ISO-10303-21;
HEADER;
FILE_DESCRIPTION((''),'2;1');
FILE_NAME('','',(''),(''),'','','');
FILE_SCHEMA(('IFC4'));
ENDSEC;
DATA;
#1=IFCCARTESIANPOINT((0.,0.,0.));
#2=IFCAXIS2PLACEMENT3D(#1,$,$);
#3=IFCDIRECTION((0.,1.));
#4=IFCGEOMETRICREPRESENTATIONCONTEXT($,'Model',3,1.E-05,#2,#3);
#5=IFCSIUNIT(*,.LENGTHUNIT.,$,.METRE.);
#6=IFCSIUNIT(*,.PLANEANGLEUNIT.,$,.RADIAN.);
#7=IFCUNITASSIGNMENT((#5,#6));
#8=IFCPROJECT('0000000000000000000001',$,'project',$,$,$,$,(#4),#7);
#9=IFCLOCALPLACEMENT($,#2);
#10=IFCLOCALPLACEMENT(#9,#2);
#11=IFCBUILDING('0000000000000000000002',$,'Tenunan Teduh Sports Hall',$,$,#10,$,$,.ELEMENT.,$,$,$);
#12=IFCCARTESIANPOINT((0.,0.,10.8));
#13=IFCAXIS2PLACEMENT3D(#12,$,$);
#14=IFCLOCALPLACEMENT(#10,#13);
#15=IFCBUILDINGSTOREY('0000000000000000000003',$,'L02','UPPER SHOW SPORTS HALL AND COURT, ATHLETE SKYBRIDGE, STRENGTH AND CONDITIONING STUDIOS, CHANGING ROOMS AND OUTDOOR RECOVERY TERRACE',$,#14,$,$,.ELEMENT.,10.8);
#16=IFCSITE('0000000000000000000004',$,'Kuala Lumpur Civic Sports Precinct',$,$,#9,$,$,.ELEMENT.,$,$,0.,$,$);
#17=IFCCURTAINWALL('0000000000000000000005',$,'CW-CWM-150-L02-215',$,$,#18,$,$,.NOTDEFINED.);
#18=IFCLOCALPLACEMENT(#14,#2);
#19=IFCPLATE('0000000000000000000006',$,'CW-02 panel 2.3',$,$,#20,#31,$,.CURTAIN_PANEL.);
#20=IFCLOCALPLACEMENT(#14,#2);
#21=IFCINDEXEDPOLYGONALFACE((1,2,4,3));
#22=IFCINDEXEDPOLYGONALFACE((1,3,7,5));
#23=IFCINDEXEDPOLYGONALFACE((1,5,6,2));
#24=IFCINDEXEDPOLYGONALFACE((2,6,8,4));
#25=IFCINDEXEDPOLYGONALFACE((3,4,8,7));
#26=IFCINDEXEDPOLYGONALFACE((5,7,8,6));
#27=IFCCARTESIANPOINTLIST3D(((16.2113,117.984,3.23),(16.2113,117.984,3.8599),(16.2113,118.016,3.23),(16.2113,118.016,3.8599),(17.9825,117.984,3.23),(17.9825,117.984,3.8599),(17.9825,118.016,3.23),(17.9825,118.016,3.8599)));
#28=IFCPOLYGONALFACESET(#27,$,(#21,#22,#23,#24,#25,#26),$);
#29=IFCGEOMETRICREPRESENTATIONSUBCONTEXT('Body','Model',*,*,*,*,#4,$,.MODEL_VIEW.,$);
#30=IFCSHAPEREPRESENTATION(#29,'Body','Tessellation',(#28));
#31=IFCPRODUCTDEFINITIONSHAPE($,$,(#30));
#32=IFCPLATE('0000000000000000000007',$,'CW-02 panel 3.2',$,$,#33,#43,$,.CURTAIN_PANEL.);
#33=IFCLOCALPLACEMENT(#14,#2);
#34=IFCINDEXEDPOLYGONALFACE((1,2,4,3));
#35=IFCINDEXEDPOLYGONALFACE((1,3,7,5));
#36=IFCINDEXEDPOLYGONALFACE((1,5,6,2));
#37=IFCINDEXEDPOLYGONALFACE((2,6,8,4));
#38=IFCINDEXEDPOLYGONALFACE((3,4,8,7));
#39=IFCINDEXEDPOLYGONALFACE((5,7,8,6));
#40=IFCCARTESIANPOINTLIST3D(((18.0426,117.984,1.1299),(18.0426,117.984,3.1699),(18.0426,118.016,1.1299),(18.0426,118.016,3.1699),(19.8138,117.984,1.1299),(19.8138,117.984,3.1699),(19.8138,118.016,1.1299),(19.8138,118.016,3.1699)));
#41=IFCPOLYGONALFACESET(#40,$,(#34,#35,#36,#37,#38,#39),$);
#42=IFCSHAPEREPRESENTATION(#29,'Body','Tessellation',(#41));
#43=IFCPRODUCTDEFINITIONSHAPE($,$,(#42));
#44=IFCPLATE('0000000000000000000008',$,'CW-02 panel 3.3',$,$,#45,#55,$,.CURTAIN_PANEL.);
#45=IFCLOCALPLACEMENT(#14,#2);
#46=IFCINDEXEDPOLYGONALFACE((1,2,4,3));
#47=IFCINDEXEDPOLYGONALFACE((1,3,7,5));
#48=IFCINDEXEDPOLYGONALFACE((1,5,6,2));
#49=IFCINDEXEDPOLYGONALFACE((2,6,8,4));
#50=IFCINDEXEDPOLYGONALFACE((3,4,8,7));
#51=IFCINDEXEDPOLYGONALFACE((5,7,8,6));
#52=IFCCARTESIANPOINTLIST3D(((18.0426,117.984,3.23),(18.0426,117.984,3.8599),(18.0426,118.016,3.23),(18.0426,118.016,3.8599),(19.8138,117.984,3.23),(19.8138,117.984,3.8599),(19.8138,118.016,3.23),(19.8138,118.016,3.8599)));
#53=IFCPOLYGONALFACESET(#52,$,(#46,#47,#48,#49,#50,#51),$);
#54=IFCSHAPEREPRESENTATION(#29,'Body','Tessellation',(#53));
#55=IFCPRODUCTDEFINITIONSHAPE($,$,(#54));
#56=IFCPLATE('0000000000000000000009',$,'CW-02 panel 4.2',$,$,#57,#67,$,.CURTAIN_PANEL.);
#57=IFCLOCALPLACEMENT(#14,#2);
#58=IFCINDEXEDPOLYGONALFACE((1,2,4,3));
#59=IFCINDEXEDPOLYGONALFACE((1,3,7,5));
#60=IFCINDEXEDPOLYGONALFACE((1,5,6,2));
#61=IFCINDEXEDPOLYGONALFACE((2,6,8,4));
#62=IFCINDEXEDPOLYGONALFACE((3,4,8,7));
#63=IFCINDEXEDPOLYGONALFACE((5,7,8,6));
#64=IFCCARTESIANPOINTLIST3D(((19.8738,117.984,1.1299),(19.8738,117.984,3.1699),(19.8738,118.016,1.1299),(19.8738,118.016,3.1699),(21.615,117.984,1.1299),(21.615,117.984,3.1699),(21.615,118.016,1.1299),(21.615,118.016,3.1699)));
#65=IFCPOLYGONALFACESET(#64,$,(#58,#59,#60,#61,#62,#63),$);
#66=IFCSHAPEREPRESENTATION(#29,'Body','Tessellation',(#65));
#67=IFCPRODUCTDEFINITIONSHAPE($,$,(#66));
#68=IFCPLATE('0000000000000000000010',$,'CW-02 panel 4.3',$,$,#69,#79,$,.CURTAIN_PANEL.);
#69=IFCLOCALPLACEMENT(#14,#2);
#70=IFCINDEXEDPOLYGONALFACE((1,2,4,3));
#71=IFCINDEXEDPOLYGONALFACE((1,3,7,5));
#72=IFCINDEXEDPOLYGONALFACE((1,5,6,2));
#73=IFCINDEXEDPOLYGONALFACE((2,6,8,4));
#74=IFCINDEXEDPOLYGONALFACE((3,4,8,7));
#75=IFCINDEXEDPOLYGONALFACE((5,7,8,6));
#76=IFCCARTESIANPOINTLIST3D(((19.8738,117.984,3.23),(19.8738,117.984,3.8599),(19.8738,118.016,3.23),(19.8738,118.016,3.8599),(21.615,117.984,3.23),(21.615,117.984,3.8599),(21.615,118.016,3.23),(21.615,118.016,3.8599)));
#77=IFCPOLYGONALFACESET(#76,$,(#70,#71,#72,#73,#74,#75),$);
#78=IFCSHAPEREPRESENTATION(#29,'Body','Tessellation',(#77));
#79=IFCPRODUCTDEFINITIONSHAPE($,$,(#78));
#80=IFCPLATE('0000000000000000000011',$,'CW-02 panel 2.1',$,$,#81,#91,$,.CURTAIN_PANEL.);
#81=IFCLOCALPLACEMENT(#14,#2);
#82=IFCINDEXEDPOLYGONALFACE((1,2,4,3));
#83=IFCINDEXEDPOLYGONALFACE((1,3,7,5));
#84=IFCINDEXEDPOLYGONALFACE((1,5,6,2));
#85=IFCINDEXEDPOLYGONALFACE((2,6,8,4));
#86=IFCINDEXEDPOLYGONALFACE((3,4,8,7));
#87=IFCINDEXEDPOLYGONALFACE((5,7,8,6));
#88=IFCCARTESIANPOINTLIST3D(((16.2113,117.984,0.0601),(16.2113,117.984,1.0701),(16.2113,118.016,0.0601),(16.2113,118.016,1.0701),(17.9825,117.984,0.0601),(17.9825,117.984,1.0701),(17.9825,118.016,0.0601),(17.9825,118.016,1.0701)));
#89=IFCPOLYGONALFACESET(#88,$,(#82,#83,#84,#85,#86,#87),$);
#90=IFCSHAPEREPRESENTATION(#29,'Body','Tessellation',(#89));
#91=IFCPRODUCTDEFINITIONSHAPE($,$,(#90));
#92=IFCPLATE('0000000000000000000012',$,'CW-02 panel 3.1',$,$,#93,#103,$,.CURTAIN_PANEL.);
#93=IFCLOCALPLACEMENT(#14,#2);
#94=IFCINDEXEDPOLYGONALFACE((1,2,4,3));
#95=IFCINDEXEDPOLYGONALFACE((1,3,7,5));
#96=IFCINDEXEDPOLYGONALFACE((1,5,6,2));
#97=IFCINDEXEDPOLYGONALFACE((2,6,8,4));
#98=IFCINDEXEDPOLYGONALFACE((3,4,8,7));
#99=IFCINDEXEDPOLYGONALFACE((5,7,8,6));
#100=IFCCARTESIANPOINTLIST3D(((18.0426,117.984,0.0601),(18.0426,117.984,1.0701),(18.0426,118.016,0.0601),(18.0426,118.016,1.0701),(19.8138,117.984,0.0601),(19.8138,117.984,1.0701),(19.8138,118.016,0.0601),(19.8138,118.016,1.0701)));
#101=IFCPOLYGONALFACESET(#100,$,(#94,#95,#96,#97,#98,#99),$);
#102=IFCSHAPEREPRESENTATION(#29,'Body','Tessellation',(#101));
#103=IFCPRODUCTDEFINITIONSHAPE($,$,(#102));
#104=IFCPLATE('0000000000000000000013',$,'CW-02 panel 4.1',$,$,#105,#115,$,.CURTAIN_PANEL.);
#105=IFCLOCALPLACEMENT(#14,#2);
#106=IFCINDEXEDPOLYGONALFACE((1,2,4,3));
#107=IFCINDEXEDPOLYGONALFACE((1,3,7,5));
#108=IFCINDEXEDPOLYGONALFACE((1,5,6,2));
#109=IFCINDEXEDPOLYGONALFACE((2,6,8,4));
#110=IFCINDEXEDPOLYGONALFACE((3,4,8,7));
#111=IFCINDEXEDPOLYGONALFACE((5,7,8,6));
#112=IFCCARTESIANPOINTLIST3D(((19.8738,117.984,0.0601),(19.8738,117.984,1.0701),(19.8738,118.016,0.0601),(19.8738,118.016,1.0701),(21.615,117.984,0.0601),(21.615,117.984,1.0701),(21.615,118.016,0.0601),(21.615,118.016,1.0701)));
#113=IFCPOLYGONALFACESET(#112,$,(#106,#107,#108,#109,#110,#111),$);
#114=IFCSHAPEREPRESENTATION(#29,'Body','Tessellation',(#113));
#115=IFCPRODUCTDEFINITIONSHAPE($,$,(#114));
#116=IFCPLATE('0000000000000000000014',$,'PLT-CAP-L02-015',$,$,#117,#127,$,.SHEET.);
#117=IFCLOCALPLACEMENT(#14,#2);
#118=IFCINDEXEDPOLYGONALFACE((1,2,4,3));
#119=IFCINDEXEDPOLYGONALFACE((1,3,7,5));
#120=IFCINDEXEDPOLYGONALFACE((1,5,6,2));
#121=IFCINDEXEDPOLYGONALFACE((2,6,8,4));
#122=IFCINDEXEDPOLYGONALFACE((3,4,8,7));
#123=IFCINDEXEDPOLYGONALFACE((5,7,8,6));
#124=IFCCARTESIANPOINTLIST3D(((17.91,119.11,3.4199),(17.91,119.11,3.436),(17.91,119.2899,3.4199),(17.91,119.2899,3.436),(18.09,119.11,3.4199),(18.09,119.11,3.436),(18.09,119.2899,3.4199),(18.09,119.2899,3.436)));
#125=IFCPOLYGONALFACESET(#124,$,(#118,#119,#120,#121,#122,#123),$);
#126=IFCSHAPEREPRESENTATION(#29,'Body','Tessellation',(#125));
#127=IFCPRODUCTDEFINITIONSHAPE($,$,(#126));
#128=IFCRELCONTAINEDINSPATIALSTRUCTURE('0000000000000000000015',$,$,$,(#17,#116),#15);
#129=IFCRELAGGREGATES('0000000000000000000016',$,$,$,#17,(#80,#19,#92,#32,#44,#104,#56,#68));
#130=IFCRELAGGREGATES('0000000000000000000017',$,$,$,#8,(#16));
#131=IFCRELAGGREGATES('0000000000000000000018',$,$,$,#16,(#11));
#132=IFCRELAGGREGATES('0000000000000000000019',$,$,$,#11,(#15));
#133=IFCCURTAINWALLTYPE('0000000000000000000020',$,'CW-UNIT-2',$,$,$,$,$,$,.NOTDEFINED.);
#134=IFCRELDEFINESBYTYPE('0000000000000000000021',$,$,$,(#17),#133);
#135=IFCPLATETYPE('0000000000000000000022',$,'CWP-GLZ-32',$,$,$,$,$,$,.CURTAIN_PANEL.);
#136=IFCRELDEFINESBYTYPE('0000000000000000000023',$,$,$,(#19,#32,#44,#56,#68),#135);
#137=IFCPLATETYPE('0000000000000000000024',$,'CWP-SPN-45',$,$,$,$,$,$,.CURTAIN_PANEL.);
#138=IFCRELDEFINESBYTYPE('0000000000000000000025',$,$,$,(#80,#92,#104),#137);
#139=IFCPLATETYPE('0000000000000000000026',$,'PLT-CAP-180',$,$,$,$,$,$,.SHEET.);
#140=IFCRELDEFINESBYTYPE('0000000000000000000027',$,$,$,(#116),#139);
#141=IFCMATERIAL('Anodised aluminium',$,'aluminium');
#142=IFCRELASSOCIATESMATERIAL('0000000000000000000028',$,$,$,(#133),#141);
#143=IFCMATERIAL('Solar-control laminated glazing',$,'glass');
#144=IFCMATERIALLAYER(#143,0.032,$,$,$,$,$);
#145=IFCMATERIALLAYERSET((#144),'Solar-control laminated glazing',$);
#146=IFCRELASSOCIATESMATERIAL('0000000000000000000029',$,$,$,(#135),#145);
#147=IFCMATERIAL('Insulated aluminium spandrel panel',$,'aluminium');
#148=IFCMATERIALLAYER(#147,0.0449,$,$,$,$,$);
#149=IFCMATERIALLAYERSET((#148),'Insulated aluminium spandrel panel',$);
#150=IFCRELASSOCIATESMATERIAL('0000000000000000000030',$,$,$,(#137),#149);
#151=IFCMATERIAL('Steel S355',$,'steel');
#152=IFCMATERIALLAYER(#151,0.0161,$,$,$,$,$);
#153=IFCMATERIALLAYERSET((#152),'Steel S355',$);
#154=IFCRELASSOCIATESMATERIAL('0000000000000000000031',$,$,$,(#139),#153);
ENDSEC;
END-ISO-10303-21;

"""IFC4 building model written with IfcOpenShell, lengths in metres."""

from ifc_helpers import new_model, si_unit, direction, frame, origin, origin_2d, place, context, subcontext, project, spatial, rectangle, extrude, material, layer, layer_set, type_object, element, aggregate, save


model = new_model("IFC4")

# Units and contexts
model_context = context("Model", 3, precision=1e-05, world=origin(), true_north=direction((0.0, 1.0)))
body_context = subcontext(model_context, "Body", "Model", "MODEL_VIEW")
ifc_project = project(units=[si_unit("LENGTHUNIT", "METRE"), si_unit("PLANEANGLEUNIT", "RADIAN")], contexts=[model_context])

# Site, building, storey
site_placement = place(None, origin())
site = spatial("IfcSite", under=ifc_project, at=site_placement, Name="Kuala Lumpur Civic Sports Precinct", CompositionType="ELEMENT", RefElevation=0.0)
building_placement = place(site_placement, origin())
building = spatial("IfcBuilding", under=site, at=building_placement, Name="Tenunan Teduh Sports Hall", CompositionType="ELEMENT")
storey_placement = place(building_placement, frame((0.0, 0.0, 10.8)))
storey = spatial("IfcBuildingStorey", under=building, at=storey_placement, Name="L02", Description="UPPER SHOW SPORTS HALL AND COURT, ATHLETE SKYBRIDGE, STRENGTH AND CONDITIONING STUDIOS, CHANGING ROOMS AND OUTDOOR RECOVERY TERRACE", CompositionType="ELEMENT", Elevation=10.8)

# Curtain wall, plates
ifc_material_1 = material(Name="Anodised aluminium", Category="aluminium")
curtain_wall_type = type_object("IfcCurtainWallType", Name="CW-UNIT-2", PredefinedType="NOTDEFINED", material=ifc_material_1)
curtain_wall_placement = place(storey_placement, origin())
curtain_wall = element("IfcCurtainWall", 1, at=curtain_wall_placement, inside=storey, type_object=curtain_wall_type, Name="CW-CWM-150-L02-215", PredefinedType="NOTDEFINED")
ifc_material_2 = material(Name="Solar-control laminated glazing", Category="glass")
ifc_layer_1 = layer(ifc_material_2, 0.032)
ifc_layer_set_1 = layer_set([ifc_layer_1], Name="Solar-control laminated glazing")
plate_type_1 = type_object("IfcPlateType", Name="CWP-GLZ-32", PredefinedType="CURTAIN_PANEL", material=ifc_layer_set_1)
plate_1_placement = place(storey_placement, frame((17.0969, 118.0, 3.23), z_axis=(0.0, 0.0, 1.0), x_axis=(1.0, 0.0, 0.0)))
plate_1 = element("IfcPlate", 2, at=plate_1_placement, type_object=plate_type_1, Name="CW-02 panel 2.3", PredefinedType="CURTAIN_PANEL", context=body_context, shape_type="SweptSolid", body=[
    extrude(rectangle(XDim=1.7712, YDim=0.032, at=origin_2d()), origin(), (0.0, 0.0, 1.0), 0.6299),
])
plate_2_placement = place(storey_placement, frame((18.9282, 118.0, 1.1299), z_axis=(0.0, 0.0, 1.0), x_axis=(1.0, 0.0, 0.0)))
plate_2 = element("IfcPlate", 3, at=plate_2_placement, type_object=plate_type_1, Name="CW-02 panel 3.2", PredefinedType="CURTAIN_PANEL", context=body_context, shape_type="SweptSolid", body=[
    extrude(rectangle(XDim=1.7712, YDim=0.032, at=origin_2d()), origin(), (0.0, 0.0, 1.0), 2.04),
])
plate_3_placement = place(storey_placement, frame((18.9282, 118.0, 3.23), z_axis=(0.0, 0.0, 1.0), x_axis=(1.0, 0.0, 0.0)))
plate_3 = element("IfcPlate", 4, at=plate_3_placement, type_object=plate_type_1, Name="CW-02 panel 3.3", PredefinedType="CURTAIN_PANEL", context=body_context, shape_type="SweptSolid", body=[
    extrude(rectangle(XDim=1.7712, YDim=0.032, at=origin_2d()), origin(), (0.0, 0.0, 1.0), 0.6299),
])
plate_4_placement = place(storey_placement, frame((20.7444, 118.0, 1.1299), z_axis=(0.0, 0.0, 1.0), x_axis=(1.0, 0.0, 0.0)))
plate_4 = element("IfcPlate", 5, at=plate_4_placement, type_object=plate_type_1, Name="CW-02 panel 4.2", PredefinedType="CURTAIN_PANEL", context=body_context, shape_type="SweptSolid", body=[
    extrude(rectangle(XDim=1.7412, YDim=0.032, at=origin_2d()), origin(), (0.0, 0.0, 1.0), 2.04),
])
plate_5_placement = place(storey_placement, frame((20.7444, 118.0, 3.23), z_axis=(0.0, 0.0, 1.0), x_axis=(1.0, 0.0, 0.0)))
plate_5 = element("IfcPlate", 6, at=plate_5_placement, type_object=plate_type_1, Name="CW-02 panel 4.3", PredefinedType="CURTAIN_PANEL", context=body_context, shape_type="SweptSolid", body=[
    extrude(rectangle(XDim=1.7412, YDim=0.032, at=origin_2d()), origin(), (0.0, 0.0, 1.0), 0.6299),
])
ifc_material_3 = material(Name="Insulated aluminium spandrel panel", Category="aluminium")
ifc_layer_2 = layer(ifc_material_3, 0.0449)
ifc_layer_set_2 = layer_set([ifc_layer_2], Name="Insulated aluminium spandrel panel")
plate_type_2 = type_object("IfcPlateType", Name="CWP-SPN-45", PredefinedType="CURTAIN_PANEL", material=ifc_layer_set_2)
plate_6_placement = place(storey_placement, frame((17.0969, 118.0, 0.0601), z_axis=(0.0, 0.0, 1.0), x_axis=(1.0, 0.0, 0.0)))
plate_6 = element("IfcPlate", 7, at=plate_6_placement, type_object=plate_type_2, Name="CW-02 panel 2.1", PredefinedType="CURTAIN_PANEL", context=body_context, shape_type="SweptSolid", body=[
    extrude(rectangle(XDim=1.7712, YDim=0.032, at=origin_2d()), origin(), (0.0, 0.0, 1.0), 1.01),
])
plate_7_placement = place(storey_placement, frame((18.9282, 118.0, 0.0601), z_axis=(0.0, 0.0, 1.0), x_axis=(1.0, 0.0, 0.0)))
plate_7 = element("IfcPlate", 8, at=plate_7_placement, type_object=plate_type_2, Name="CW-02 panel 3.1", PredefinedType="CURTAIN_PANEL", context=body_context, shape_type="SweptSolid", body=[
    extrude(rectangle(XDim=1.7712, YDim=0.032, at=origin_2d()), origin(), (0.0, 0.0, 1.0), 1.01),
])
plate_8_placement = place(storey_placement, frame((20.7444, 118.0, 0.0601), z_axis=(0.0, 0.0, 1.0), x_axis=(1.0, 0.0, 0.0)))
plate_8 = element("IfcPlate", 9, at=plate_8_placement, type_object=plate_type_2, Name="CW-02 panel 4.1", PredefinedType="CURTAIN_PANEL", context=body_context, shape_type="SweptSolid", body=[
    extrude(rectangle(XDim=1.7412, YDim=0.032, at=origin_2d()), origin(), (0.0, 0.0, 1.0), 1.01),
])
aggregate(curtain_wall, [plate_6, plate_1, plate_7, plate_2, plate_3, plate_8, plate_4, plate_5])

# Plate
ifc_material_4 = material(Name="Steel S355", Category="steel")
ifc_layer_3 = layer(ifc_material_4, 0.0161)
ifc_layer_set_3 = layer_set([ifc_layer_3], Name="Steel S355")
plate_type_3 = type_object("IfcPlateType", Name="PLT-CAP-180", PredefinedType="SHEET", material=ifc_layer_set_3)
plate_9_placement = place(storey_placement, frame((18.0, 119.2, 3.4199), z_axis=(0.0, 0.0, 1.0), x_axis=(1.0, 0.0, 0.0)))
element("IfcPlate", 10, at=plate_9_placement, inside=storey, type_object=plate_type_3, Name="PLT-CAP-L02-015", PredefinedType="SHEET", context=body_context, shape_type="SweptSolid", body=[
    extrude(rectangle(XDim=0.1799, YDim=0.1799, at=origin_2d()), origin(), (0.0, 0.0, 1.0), 0.0161),
])

save(model, "model.ifc")
